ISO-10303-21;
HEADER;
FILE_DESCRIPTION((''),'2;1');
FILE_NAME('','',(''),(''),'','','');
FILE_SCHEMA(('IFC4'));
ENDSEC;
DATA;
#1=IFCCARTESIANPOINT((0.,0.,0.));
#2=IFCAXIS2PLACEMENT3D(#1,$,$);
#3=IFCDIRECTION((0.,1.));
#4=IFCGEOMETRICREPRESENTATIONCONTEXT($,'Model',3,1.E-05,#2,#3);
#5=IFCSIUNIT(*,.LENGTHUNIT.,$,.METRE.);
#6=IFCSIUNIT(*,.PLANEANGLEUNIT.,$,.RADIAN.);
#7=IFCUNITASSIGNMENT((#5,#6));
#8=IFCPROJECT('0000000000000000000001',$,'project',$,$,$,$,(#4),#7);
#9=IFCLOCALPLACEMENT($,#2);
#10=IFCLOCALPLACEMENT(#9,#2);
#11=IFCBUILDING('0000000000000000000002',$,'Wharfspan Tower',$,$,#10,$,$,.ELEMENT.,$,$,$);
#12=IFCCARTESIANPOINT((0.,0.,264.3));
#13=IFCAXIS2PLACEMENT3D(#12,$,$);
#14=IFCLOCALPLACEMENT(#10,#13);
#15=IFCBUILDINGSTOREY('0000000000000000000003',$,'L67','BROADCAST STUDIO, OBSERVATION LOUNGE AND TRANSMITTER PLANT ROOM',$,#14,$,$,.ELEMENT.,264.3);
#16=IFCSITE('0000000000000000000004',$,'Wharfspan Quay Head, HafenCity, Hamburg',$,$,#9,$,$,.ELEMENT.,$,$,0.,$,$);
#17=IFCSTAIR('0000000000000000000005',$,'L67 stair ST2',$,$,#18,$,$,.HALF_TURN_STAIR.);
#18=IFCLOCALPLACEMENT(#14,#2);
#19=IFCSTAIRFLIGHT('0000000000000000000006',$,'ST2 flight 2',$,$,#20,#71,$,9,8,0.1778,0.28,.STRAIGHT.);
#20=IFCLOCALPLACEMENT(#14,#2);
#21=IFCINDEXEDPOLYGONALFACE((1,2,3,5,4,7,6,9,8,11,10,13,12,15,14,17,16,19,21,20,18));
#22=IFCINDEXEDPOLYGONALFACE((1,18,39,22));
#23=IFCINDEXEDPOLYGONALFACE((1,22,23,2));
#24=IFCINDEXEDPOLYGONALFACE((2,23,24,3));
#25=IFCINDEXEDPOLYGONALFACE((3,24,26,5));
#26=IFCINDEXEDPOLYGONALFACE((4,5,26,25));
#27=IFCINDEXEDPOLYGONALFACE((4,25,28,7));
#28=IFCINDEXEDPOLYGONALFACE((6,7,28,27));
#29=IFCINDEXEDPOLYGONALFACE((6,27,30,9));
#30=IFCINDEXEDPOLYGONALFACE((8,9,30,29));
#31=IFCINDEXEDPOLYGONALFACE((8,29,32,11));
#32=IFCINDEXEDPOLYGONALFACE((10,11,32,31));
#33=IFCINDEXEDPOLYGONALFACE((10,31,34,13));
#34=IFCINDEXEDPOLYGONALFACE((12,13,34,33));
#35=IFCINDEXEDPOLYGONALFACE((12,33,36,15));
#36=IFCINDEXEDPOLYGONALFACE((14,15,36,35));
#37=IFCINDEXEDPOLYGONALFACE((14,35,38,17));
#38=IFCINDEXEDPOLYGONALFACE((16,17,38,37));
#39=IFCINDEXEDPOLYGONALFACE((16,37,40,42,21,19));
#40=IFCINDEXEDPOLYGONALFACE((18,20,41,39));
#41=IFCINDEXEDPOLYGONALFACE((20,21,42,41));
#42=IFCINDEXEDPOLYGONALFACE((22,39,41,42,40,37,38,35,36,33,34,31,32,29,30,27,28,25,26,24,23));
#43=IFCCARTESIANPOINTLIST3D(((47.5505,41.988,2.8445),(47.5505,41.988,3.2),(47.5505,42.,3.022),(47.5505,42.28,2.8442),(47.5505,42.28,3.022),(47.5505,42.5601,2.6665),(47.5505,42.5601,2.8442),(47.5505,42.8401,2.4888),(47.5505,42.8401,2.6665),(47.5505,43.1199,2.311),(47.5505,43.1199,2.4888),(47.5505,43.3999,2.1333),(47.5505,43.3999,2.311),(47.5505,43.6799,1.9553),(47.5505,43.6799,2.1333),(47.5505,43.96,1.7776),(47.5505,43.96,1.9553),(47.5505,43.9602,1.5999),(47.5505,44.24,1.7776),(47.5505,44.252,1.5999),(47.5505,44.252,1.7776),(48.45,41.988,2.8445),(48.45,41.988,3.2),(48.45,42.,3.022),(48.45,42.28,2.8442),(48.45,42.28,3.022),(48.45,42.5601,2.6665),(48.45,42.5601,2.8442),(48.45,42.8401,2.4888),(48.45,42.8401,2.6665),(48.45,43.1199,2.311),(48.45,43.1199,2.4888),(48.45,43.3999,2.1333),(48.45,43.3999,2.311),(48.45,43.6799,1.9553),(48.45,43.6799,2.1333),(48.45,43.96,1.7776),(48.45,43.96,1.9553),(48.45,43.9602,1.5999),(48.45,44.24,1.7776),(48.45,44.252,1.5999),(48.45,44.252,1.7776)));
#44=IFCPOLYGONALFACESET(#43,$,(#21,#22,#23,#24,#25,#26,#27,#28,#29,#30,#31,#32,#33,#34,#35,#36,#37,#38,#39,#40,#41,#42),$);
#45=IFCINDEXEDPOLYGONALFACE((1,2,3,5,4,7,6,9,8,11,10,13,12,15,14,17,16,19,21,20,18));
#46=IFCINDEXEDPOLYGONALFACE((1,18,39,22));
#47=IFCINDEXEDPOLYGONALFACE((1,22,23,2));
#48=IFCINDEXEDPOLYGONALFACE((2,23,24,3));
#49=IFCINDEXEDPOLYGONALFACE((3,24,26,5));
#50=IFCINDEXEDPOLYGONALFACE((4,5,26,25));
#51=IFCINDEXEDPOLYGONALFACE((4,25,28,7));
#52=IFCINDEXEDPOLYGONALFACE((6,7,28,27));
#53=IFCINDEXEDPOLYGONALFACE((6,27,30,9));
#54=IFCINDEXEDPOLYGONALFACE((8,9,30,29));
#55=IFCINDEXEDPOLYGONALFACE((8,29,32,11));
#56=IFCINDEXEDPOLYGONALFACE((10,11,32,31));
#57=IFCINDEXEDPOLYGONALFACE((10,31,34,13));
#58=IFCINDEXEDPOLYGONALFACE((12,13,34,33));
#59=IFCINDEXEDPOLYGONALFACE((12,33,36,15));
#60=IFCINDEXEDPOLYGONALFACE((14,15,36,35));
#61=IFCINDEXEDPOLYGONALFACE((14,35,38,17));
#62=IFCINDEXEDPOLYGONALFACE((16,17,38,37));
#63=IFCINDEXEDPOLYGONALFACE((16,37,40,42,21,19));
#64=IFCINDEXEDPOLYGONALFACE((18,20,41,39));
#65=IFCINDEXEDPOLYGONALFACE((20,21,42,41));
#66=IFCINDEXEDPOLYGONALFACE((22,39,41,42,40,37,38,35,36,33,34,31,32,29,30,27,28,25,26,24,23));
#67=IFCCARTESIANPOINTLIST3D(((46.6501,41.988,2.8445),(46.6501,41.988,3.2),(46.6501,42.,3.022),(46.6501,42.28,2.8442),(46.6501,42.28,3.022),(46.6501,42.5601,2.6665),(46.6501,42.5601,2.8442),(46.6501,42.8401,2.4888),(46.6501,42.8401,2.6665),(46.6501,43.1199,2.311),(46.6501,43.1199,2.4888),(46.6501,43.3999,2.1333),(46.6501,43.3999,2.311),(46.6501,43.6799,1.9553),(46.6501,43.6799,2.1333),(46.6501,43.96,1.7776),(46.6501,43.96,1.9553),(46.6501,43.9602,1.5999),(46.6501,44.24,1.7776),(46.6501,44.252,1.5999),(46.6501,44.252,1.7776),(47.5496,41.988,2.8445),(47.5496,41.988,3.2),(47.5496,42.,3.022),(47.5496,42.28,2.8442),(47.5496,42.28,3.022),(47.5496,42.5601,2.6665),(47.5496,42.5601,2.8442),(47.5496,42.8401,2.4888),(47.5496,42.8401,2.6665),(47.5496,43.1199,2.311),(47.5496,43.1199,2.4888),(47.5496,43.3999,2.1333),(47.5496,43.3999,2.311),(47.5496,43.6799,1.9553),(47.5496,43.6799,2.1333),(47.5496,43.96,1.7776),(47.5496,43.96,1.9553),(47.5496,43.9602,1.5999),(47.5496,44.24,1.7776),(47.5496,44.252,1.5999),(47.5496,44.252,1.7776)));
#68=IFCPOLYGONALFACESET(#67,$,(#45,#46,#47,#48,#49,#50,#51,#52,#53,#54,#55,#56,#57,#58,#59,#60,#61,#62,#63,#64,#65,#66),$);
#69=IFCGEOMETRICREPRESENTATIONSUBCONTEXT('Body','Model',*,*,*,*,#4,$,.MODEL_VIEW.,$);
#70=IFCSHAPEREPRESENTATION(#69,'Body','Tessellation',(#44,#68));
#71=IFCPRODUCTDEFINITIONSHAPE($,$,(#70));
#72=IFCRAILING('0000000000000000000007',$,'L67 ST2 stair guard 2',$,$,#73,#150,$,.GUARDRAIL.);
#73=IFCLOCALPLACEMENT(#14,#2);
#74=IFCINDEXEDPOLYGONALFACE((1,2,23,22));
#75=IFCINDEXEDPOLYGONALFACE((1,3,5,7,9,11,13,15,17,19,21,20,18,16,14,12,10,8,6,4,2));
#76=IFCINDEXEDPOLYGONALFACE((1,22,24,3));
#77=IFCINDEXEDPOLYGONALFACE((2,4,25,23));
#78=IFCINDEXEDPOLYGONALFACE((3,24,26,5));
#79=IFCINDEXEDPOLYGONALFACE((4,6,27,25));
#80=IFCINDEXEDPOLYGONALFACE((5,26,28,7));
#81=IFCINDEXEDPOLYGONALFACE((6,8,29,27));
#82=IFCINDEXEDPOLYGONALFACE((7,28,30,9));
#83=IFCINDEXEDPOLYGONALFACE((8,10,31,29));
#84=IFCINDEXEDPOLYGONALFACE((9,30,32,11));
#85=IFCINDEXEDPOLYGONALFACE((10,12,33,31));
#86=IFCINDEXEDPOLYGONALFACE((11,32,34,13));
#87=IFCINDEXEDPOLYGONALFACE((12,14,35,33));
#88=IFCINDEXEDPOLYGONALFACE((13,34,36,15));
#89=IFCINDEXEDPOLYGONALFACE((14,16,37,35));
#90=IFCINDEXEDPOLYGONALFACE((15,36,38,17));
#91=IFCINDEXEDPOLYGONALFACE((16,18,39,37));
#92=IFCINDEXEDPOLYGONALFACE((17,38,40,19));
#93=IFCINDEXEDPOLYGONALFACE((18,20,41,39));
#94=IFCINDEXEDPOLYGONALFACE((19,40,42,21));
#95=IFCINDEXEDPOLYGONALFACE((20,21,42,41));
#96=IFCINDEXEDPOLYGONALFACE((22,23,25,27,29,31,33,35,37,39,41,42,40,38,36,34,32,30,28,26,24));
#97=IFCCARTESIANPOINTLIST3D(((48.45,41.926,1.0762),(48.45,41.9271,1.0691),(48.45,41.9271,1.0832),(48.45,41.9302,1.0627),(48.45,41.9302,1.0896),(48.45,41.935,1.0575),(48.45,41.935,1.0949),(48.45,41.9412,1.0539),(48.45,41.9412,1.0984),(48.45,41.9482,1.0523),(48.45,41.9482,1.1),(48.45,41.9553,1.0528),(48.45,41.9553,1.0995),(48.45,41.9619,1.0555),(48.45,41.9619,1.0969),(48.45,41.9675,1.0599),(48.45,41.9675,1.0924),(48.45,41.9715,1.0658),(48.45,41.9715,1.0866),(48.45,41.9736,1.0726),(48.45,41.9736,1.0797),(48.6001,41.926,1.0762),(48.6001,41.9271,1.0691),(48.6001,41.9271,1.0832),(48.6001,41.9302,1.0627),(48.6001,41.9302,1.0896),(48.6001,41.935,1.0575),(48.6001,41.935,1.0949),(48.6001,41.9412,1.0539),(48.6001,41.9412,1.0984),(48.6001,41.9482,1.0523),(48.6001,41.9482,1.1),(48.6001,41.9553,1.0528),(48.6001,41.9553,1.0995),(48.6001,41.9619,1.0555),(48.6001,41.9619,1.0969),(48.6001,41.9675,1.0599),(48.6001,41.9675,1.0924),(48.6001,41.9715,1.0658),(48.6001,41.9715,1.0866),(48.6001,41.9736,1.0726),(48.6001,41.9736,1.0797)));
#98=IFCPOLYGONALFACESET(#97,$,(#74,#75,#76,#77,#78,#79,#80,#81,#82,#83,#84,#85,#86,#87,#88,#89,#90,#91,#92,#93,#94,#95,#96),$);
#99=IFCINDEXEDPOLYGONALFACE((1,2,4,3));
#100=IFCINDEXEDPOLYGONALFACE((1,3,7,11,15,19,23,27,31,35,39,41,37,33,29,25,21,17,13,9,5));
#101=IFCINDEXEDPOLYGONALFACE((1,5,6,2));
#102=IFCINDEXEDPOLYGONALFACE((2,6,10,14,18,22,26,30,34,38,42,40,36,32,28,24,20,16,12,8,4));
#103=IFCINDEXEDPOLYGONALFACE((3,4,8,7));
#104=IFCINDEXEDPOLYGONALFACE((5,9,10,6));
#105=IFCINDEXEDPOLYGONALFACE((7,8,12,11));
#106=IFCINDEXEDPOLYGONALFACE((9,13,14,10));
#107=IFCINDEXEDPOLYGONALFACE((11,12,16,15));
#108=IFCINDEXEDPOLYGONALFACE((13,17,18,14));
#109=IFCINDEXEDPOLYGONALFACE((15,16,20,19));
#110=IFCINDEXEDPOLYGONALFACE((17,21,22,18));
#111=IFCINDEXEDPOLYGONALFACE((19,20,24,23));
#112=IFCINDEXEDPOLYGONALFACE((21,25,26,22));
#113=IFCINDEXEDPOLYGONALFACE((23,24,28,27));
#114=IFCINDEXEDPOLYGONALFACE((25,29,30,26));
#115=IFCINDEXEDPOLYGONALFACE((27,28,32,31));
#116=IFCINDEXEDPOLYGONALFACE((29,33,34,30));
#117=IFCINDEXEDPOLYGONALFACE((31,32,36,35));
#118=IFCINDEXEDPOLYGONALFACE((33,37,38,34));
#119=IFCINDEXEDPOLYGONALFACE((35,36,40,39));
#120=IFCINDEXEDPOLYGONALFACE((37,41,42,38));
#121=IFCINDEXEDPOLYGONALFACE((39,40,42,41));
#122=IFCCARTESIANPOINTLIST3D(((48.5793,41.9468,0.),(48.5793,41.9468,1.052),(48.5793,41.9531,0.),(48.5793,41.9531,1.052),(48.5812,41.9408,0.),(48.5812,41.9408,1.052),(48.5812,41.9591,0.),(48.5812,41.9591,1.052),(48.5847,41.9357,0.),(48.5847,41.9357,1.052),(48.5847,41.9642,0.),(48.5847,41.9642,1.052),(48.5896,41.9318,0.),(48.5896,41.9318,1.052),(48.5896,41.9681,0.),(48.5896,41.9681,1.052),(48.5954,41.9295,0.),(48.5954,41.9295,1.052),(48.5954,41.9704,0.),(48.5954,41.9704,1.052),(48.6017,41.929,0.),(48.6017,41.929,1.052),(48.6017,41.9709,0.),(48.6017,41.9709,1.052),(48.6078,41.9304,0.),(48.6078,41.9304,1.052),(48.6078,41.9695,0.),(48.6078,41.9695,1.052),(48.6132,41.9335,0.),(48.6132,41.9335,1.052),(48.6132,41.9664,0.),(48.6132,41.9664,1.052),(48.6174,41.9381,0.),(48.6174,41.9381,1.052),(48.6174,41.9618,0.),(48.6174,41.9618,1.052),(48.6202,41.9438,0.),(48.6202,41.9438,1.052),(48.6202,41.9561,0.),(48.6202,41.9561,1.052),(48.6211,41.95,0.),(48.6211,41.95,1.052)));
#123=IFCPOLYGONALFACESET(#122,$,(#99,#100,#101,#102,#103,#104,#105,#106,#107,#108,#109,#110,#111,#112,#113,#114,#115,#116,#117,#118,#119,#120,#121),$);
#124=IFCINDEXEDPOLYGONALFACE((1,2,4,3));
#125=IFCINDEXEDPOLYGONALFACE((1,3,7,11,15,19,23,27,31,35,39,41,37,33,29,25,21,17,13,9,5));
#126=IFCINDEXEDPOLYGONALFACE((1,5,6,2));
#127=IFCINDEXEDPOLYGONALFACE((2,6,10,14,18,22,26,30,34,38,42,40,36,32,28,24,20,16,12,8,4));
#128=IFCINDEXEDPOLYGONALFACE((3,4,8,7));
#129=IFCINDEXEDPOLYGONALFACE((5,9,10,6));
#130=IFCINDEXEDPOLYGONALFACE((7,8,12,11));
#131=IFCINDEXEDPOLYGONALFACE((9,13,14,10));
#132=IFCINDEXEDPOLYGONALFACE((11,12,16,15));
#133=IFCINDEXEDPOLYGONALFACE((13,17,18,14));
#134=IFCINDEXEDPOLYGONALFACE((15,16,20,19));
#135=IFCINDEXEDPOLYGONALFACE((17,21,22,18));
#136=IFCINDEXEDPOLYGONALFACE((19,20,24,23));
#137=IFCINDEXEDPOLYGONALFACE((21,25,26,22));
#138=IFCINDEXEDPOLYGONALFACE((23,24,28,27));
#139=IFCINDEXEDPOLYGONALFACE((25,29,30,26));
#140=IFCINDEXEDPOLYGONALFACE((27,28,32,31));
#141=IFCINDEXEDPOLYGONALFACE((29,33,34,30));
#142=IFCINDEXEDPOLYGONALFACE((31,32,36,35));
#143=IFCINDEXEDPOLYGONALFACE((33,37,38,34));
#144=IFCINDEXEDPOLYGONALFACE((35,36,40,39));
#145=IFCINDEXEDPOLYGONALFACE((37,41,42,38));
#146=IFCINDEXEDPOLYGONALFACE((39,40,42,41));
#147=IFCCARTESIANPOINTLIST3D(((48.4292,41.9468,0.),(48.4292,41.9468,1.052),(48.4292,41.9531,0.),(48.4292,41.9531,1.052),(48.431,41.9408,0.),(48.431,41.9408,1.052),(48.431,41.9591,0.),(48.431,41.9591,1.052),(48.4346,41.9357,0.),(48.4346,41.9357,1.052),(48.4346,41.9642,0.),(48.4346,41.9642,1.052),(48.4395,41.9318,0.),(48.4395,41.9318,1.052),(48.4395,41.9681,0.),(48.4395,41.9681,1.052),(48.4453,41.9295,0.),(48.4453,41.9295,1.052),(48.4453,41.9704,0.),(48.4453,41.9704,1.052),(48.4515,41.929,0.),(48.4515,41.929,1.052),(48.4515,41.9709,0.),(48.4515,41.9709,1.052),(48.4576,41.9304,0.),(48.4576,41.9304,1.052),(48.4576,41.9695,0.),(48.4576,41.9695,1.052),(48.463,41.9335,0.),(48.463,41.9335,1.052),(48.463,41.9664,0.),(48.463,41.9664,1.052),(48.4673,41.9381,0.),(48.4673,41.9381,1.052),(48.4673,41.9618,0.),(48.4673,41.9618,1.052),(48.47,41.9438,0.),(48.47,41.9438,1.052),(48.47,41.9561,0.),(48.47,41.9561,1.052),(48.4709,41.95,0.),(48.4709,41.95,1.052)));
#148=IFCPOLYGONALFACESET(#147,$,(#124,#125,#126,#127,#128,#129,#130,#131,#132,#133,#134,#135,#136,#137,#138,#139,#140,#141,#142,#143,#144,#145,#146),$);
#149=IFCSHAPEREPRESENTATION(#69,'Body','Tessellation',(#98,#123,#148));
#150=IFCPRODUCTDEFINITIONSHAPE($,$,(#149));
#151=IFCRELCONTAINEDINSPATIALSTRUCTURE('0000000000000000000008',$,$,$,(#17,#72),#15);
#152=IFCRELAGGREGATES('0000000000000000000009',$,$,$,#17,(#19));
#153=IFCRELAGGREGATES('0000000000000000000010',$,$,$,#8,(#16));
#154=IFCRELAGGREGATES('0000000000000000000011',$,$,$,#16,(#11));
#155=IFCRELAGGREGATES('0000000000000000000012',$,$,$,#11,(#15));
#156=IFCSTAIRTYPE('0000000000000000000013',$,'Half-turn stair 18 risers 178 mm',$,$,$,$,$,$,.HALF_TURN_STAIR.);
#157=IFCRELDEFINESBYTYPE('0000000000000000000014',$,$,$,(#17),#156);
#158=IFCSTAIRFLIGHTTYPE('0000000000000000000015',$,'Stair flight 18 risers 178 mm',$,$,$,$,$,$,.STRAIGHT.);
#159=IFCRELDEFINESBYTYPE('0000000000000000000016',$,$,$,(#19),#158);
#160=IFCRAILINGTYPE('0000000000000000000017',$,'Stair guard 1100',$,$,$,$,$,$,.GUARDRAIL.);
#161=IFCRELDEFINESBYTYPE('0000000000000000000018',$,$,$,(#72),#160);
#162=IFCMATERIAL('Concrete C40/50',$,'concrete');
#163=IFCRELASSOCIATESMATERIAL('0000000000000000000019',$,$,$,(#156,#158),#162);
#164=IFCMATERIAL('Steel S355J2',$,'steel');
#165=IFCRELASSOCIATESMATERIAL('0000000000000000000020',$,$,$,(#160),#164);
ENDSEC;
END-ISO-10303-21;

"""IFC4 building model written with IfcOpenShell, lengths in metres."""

from ifc_helpers import new_model, si_unit, direction, frame, origin, origin_2d, place, context, subcontext, project, spatial, polyline, circle, outline, extrude, material, type_object, element, aggregate, save


model = new_model("IFC4")

# Units and contexts
model_context = context("Model", 3, precision=1e-05, world=origin(), true_north=direction((0.0, 1.0)))
body_context = subcontext(model_context, "Body", "Model", "MODEL_VIEW")
ifc_project = project(units=[si_unit("LENGTHUNIT", "METRE"), si_unit("PLANEANGLEUNIT", "RADIAN")], contexts=[model_context])

# Site, building, storey
site_placement = place(None, origin())
site = spatial("IfcSite", under=ifc_project, at=site_placement, Name="Wharfspan Quay Head, HafenCity, Hamburg", CompositionType="ELEMENT", RefElevation=0.0)
building_placement = place(site_placement, origin())
building = spatial("IfcBuilding", under=site, at=building_placement, Name="Wharfspan Tower", CompositionType="ELEMENT")
storey_placement = place(building_placement, frame((0.0, 0.0, 264.3)))
storey = spatial("IfcBuildingStorey", under=building, at=storey_placement, Name="L67", Description="BROADCAST STUDIO, OBSERVATION LOUNGE AND TRANSMITTER PLANT ROOM", CompositionType="ELEMENT", Elevation=264.3)

# Shared definitions
ifc_material_1 = material(Name="Concrete C40/50", Category="concrete")

# Stair, stair flight
stair_type = type_object("IfcStairType", Name="Half-turn stair 18 risers 178 mm", PredefinedType="HALF_TURN_STAIR", material=ifc_material_1)
stair_placement = place(storey_placement, origin())
stair = element("IfcStair", 1, at=stair_placement, inside=storey, type_object=stair_type, Name="L67 stair ST2", PredefinedType="HALF_TURN_STAIR")
stair_flight_type = type_object("IfcStairFlightType", Name="Stair flight 18 risers 178 mm", PredefinedType="STRAIGHT", material=ifc_material_1)
stair_flight_placement = place(storey_placement, frame((47.55, 44.24, 1.5999), z_axis=(0.0, 0.0, 1.0), x_axis=(0.0, -1.0, 0.0)))
stair_flight = element("IfcStairFlight", 2, at=stair_flight_placement, type_object=stair_flight_type, Name="ST2 flight 2", NumberOfRisers=9, NumberOfTreads=8, PredefinedType="STRAIGHT", RiserHeight=0.1778, TreadLength=0.28, context=body_context, shape_type="SweptSolid", body=[
    extrude(outline(polyline([(-0.012, 0.0), (-0.012, 0.1777), (0.0, 0.1777), (0.28, 0.1777), (0.28, 0.3555), (0.5601, 0.3555), (0.5601, 0.5334), (0.8401, 0.5334), (0.8401, 0.7112), (1.1201, 0.7112), (1.1201, 0.8889), (1.3999, 0.8889), (1.3999, 1.0667), (1.6799, 1.0667), (1.6799, 1.2444), (1.96, 1.2444), (1.96, 1.4221), (2.24, 1.4221), (2.252, 1.6001), (2.252, 1.2446), (0.2798, 0.0), (-0.012, 0.0)])), frame((0.0, 0.8999, 0.0), z_axis=(0.0, -1.0, 0.0), x_axis=(1.0, 0.0, 0.0)), (0.0, 0.0, 1.0), 0.8994),
    extrude(outline(polyline([(-0.012, 0.0), (-0.012, 0.1777), (0.0, 0.1777), (0.28, 0.1777), (0.28, 0.3555), (0.5601, 0.3555), (0.5601, 0.5334), (0.8401, 0.5334), (0.8401, 0.7112), (1.1201, 0.7112), (1.1201, 0.8889), (1.3999, 0.8889), (1.3999, 1.0667), (1.6799, 1.0667), (1.6799, 1.2444), (1.96, 1.2444), (1.96, 1.4221), (2.24, 1.4221), (2.252, 1.6001), (2.252, 1.2446), (0.2798, 0.0), (-0.012, 0.0)])), frame((0.0, -0.0005, 0.0), z_axis=(0.0, -1.0, 0.0), x_axis=(1.0, 0.0, 0.0)), (0.0, 0.0, 1.0), 0.8994),
])
aggregate(stair, [stair_flight])

# Railing
ifc_material_2 = material(Name="Steel S355J2", Category="steel")
railing_type_1 = type_object("IfcRailingType", Name="Stair guard 1100", PredefinedType="GUARDRAIL", material=ifc_material_2)
railing_1_placement = place(storey_placement, frame((48.6001, 41.95, 0.0)))
element("IfcRailing", 3, at=railing_1_placement, inside=storey, type_object=railing_type_1, Name="L67 ST2 stair guard 2", PredefinedType="GUARDRAIL", context=body_context, shape_type="SweptSolid", body=[
    extrude(circle(Radius=0.0239, at=origin_2d()), frame((0.0, 0.0, 1.0762), z_axis=(-1.0, 0.0, 0.0), x_axis=(0.0, -1.0, 0.0)), (0.0, 0.0, 1.0), 0.1501),
    extrude(circle(Radius=0.021, at=origin_2d()), origin(), (0.0, 0.0, 1.0), 1.052),
    extrude(circle(Radius=0.021, at=origin_2d()), frame((-0.1501, 0.0, 0.0)), (0.0, 0.0, 1.0), 1.052),
])

save(model, "model.ifc")
